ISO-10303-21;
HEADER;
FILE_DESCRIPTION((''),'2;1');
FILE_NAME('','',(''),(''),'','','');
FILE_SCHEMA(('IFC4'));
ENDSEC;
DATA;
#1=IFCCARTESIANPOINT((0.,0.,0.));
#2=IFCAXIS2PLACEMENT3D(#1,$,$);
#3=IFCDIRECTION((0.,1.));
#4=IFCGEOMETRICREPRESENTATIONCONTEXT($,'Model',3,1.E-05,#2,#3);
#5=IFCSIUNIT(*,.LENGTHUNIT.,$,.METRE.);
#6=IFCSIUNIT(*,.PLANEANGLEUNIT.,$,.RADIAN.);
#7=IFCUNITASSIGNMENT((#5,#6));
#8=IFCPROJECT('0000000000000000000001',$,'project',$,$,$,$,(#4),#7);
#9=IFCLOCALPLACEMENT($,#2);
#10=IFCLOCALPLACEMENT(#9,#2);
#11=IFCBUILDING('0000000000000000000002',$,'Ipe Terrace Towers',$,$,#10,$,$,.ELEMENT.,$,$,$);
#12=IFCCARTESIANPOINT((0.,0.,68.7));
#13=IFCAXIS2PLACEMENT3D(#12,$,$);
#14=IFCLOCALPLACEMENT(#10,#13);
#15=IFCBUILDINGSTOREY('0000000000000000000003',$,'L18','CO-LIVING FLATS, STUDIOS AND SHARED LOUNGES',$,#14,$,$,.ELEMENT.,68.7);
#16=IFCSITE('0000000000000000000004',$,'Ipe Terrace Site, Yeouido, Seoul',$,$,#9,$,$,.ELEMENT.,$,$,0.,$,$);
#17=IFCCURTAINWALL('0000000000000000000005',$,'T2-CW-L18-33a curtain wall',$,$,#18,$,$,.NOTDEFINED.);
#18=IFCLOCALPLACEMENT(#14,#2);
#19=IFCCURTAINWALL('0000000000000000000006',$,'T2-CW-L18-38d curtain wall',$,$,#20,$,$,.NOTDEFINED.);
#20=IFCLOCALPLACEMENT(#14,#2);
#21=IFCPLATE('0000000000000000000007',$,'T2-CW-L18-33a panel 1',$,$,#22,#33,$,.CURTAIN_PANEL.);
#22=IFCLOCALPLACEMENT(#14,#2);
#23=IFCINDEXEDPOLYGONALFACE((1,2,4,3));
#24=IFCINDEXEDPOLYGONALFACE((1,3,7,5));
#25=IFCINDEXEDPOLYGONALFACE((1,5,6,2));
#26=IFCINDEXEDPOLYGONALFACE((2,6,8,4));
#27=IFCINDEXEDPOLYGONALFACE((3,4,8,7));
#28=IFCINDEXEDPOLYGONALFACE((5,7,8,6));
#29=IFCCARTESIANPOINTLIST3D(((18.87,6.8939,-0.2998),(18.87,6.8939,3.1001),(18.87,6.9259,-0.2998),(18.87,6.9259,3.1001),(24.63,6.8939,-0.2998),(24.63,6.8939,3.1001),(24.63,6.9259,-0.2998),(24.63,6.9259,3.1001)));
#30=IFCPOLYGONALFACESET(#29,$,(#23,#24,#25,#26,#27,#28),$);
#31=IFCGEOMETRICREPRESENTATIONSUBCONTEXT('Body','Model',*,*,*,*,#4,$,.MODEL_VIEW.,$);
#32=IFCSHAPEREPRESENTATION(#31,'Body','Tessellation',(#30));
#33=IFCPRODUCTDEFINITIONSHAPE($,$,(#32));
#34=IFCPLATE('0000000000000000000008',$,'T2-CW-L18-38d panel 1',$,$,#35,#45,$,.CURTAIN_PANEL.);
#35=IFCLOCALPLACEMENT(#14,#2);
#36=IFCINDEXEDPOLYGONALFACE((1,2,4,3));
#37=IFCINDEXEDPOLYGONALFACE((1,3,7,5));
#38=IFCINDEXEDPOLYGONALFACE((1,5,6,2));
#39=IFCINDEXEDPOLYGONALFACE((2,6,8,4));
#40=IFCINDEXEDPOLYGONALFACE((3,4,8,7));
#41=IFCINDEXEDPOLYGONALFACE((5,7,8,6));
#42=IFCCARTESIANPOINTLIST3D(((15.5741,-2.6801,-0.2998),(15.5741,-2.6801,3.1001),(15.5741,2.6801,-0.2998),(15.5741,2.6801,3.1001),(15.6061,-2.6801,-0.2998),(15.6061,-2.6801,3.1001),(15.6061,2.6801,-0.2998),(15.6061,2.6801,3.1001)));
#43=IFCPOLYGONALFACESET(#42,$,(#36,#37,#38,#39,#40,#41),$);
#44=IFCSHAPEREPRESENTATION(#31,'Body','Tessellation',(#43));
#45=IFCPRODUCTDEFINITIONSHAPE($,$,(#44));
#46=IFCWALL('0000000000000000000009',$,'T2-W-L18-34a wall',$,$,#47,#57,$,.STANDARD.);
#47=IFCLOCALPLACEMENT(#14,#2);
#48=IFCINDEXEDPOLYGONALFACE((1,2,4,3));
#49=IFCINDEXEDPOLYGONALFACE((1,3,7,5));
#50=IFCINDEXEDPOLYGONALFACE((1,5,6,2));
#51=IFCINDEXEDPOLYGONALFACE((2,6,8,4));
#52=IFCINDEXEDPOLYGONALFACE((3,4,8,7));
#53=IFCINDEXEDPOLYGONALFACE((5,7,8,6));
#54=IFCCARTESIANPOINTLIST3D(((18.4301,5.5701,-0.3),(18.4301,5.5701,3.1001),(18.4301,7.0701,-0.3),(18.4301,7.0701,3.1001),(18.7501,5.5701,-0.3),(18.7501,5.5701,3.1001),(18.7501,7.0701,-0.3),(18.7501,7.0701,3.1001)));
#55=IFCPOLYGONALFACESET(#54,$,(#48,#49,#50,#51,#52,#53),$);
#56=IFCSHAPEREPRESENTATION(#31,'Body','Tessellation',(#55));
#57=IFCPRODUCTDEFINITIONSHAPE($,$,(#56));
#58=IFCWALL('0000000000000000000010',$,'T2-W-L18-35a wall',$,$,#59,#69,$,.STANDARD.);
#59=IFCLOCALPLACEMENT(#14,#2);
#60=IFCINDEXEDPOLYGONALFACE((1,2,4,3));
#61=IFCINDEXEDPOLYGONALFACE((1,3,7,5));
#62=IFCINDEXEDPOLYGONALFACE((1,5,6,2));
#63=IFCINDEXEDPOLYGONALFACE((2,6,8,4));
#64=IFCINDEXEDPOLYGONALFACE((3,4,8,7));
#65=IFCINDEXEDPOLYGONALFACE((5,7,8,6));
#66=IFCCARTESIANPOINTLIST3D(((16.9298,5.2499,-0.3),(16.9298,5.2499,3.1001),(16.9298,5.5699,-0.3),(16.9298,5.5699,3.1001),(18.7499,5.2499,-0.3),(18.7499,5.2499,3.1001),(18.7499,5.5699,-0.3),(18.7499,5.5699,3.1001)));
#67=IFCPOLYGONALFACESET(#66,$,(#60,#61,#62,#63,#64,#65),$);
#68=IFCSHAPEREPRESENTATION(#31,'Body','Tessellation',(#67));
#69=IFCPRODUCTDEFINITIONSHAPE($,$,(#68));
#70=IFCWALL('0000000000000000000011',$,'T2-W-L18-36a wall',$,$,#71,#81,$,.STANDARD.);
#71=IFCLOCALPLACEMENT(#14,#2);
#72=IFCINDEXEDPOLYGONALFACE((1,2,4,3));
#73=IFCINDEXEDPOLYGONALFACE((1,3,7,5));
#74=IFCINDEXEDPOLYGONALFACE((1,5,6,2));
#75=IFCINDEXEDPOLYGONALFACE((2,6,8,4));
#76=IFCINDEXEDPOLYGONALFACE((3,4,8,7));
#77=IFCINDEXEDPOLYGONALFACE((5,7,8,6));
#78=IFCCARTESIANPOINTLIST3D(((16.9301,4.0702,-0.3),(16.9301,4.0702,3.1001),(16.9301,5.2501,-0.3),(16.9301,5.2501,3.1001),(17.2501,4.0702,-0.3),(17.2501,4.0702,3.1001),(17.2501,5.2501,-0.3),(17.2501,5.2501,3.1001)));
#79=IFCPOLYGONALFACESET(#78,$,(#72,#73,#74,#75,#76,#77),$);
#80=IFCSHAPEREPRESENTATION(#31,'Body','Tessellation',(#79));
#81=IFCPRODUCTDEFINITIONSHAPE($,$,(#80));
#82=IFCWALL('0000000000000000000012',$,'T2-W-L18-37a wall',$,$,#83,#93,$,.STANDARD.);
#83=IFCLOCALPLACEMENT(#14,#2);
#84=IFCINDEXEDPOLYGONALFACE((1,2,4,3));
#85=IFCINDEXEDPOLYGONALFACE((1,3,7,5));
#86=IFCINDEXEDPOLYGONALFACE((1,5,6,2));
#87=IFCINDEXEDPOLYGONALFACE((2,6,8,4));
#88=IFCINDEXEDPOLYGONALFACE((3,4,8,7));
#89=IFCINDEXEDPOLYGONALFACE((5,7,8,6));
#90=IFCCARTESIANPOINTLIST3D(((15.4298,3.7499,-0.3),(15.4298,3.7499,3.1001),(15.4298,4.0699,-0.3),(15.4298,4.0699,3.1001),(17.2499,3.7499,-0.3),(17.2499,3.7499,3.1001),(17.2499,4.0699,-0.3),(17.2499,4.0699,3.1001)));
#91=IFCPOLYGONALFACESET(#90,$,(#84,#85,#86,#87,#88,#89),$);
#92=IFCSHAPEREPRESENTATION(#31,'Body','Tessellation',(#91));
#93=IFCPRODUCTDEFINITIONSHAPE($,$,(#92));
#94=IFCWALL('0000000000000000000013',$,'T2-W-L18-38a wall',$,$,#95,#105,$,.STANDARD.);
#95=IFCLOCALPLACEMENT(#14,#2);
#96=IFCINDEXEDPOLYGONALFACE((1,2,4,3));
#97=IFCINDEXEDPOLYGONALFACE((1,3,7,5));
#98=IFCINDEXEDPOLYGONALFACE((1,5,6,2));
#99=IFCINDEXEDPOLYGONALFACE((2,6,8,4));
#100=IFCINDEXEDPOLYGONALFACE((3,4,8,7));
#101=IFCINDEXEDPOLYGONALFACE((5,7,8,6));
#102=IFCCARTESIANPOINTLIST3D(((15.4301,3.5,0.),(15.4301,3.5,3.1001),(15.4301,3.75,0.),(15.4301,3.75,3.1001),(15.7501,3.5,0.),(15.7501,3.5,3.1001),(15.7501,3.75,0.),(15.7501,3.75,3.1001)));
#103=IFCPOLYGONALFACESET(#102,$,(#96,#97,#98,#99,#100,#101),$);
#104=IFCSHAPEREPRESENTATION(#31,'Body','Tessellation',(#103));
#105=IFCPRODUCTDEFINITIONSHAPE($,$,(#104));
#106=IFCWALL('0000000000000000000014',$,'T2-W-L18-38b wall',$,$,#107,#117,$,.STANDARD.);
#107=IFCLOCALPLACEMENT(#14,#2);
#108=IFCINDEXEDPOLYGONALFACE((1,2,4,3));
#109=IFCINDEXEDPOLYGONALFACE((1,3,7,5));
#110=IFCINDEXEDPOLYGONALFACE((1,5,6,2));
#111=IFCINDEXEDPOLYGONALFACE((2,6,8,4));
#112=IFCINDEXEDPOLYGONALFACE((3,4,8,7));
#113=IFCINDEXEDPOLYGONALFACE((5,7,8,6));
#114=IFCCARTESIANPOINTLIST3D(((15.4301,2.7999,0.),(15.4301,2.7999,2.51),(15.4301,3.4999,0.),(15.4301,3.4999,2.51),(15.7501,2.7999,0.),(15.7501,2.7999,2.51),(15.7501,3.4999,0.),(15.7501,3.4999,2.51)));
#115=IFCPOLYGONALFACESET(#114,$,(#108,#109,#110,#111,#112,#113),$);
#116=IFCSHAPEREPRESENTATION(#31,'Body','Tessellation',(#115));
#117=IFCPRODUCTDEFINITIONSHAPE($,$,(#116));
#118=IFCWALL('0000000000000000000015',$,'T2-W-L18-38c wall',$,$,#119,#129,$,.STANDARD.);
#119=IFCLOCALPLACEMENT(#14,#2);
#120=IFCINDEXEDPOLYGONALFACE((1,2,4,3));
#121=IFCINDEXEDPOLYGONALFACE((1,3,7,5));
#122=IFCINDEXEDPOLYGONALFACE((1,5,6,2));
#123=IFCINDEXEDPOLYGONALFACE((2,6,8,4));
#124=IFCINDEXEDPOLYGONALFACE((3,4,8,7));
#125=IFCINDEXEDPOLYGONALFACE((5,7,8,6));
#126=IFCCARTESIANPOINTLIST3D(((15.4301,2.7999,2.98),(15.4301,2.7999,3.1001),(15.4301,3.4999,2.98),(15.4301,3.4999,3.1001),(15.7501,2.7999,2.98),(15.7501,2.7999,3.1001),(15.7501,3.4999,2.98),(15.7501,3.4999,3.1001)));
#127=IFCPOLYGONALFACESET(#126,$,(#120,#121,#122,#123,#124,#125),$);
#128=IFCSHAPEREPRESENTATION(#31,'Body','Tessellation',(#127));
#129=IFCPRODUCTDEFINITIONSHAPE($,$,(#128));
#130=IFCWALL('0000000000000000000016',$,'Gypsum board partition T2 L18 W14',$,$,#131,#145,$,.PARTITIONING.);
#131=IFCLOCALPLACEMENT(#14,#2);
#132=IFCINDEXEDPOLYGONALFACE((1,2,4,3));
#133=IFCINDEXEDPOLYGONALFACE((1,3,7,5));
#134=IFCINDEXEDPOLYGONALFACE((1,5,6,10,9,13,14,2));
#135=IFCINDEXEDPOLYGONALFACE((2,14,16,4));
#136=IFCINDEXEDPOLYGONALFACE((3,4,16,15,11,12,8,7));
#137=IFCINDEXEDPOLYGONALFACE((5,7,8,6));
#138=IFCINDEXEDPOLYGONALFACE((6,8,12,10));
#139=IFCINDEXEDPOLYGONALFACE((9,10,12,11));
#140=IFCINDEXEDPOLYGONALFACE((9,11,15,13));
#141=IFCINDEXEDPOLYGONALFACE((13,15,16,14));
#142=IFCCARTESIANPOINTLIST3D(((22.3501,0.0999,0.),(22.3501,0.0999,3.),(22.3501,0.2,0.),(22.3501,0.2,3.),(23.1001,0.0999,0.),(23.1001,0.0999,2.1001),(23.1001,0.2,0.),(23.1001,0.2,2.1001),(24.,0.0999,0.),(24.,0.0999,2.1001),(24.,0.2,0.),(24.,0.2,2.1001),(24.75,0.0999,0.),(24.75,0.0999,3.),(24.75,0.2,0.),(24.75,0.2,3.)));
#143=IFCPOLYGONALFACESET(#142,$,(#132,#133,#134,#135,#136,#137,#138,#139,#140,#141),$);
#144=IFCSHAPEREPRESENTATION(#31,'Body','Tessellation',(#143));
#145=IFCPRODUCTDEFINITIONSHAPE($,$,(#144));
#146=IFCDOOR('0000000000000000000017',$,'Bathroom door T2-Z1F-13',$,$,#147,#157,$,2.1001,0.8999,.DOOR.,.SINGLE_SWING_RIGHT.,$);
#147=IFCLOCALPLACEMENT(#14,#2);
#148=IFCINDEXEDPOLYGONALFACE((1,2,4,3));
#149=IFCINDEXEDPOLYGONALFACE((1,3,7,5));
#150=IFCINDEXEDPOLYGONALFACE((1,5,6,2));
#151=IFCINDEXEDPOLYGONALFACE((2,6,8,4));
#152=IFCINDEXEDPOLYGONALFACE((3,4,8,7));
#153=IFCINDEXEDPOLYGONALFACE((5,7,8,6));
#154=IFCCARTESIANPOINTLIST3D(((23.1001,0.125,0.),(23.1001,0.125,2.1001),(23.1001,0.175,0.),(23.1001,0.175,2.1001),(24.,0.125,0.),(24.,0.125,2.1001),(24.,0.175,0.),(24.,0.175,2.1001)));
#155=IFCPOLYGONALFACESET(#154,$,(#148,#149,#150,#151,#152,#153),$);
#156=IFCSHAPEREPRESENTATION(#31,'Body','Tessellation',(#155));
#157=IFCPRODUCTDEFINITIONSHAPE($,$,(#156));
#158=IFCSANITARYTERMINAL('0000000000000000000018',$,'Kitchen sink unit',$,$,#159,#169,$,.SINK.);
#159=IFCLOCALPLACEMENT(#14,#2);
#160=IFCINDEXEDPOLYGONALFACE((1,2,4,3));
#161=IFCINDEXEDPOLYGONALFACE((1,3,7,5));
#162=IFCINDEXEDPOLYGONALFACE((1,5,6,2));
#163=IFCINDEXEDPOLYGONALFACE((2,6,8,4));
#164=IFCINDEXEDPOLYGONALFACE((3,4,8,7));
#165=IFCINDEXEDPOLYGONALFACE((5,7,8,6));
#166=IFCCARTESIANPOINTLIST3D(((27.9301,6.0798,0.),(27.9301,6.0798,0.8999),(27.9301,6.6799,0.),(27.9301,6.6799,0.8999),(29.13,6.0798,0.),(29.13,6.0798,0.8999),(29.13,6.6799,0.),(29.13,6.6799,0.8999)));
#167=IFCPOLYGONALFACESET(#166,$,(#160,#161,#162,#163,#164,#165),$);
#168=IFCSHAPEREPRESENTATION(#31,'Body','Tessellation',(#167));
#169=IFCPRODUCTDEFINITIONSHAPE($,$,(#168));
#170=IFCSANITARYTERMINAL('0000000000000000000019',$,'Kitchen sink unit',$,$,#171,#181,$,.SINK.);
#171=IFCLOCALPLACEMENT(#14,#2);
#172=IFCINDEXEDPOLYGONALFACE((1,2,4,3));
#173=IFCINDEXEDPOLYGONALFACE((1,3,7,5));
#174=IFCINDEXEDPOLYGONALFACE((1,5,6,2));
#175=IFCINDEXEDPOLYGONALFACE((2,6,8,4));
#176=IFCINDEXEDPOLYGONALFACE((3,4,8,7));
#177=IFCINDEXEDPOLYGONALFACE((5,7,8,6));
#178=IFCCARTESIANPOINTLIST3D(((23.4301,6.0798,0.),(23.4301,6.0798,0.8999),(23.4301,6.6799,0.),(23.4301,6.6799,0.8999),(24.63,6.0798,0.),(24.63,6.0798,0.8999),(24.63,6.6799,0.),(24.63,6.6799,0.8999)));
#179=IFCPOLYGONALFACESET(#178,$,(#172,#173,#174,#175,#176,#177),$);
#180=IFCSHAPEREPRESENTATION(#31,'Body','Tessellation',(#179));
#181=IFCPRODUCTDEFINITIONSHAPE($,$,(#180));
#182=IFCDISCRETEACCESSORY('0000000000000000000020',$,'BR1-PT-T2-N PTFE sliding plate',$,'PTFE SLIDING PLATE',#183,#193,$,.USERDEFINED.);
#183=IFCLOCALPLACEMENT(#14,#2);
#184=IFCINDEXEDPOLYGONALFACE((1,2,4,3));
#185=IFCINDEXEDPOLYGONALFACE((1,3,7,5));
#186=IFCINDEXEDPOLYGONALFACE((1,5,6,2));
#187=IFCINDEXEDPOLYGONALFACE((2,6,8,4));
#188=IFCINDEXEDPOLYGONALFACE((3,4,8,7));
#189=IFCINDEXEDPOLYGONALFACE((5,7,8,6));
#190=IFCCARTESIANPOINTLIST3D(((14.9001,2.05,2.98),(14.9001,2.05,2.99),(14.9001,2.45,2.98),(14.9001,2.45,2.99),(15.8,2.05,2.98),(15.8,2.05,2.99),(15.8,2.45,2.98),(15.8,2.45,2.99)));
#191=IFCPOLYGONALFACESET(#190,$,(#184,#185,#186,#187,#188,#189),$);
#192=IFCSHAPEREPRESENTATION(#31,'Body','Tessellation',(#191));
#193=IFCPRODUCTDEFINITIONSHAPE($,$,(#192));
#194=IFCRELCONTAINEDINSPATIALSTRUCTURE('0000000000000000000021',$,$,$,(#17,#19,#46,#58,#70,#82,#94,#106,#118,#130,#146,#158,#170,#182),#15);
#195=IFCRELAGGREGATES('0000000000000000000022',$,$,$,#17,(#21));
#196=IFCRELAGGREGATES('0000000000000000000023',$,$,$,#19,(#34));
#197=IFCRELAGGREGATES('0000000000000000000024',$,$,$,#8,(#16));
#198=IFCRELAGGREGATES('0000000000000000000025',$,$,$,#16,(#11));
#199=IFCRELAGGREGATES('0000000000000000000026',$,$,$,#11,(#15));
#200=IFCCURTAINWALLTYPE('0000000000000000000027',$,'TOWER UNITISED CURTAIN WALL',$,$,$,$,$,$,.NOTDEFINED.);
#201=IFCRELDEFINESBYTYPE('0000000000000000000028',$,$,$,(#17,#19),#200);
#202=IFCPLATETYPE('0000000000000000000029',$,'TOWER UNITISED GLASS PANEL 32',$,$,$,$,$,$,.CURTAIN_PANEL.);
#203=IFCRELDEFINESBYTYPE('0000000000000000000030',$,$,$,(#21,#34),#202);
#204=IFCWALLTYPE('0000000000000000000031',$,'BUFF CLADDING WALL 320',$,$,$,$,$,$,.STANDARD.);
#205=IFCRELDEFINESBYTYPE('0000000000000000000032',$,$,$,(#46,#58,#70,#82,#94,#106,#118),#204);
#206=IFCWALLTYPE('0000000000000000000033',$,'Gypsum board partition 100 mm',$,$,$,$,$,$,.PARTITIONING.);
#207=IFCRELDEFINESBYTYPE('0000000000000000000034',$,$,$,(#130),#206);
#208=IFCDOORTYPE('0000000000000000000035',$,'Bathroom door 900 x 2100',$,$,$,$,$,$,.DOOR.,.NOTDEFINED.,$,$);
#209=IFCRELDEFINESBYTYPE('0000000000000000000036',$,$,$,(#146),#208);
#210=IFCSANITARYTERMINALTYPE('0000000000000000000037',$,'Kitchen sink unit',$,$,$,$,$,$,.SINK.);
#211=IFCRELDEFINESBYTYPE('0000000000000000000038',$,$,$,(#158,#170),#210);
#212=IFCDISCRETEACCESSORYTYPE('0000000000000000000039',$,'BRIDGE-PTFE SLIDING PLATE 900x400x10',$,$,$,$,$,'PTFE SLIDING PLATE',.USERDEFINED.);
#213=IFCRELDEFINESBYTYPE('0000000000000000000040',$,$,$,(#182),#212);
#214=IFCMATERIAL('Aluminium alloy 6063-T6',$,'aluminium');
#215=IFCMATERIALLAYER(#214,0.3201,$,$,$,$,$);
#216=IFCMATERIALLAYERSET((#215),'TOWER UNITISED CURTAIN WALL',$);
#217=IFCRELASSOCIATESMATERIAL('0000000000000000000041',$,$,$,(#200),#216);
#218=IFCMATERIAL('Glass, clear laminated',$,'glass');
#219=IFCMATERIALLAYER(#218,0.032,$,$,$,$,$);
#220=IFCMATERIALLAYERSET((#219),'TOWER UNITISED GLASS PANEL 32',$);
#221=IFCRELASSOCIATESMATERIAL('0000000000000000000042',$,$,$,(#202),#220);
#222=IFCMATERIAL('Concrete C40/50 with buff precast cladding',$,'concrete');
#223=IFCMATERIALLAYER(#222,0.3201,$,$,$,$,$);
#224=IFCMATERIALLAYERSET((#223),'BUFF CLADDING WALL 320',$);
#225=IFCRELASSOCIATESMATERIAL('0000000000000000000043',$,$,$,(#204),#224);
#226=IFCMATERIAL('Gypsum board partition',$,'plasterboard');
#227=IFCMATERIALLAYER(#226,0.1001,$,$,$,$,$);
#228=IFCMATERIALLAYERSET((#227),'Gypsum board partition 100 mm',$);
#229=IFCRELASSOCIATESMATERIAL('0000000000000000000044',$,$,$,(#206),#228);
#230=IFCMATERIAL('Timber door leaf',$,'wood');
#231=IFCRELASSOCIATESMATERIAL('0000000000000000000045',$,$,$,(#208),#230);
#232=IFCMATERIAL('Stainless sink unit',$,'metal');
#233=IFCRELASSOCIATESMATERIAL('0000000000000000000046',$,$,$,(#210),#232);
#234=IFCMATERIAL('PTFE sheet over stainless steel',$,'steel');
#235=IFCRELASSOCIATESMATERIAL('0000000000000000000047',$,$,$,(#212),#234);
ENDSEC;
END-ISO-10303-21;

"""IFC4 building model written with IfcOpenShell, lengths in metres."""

from ifc_helpers import new_model, si_unit, direction, frame, frame_2d, origin, origin_2d, place, context, subcontext, project, spatial, rectangle, extrude, material, layer, layer_set, type_object, element, fill, aggregate, save


model = new_model("IFC4")

# Units and contexts
model_context = context("Model", 3, precision=1e-05, world=origin(), true_north=direction((0.0, 1.0)))
body_context = subcontext(model_context, "Body", "Model", "MODEL_VIEW")
ifc_project = project(units=[si_unit("LENGTHUNIT", "METRE"), si_unit("PLANEANGLEUNIT", "RADIAN")], contexts=[model_context])

# Site, building, storey
site_placement = place(None, origin())
site = spatial("IfcSite", under=ifc_project, at=site_placement, Name="Ipe Terrace Site, Yeouido, Seoul", CompositionType="ELEMENT", RefElevation=0.0)
building_placement = place(site_placement, origin())
building = spatial("IfcBuilding", under=site, at=building_placement, Name="Ipe Terrace Towers", CompositionType="ELEMENT")
storey_placement = place(building_placement, frame((0.0, 0.0, 68.7)))
storey = spatial("IfcBuildingStorey", under=building, at=storey_placement, Name="L18", Description="CO-LIVING FLATS, STUDIOS AND SHARED LOUNGES", CompositionType="ELEMENT", Elevation=68.7)

# Shared definitions
ifc_material_1 = material(Name="Aluminium alloy 6063-T6", Category="aluminium")
ifc_layer_1 = layer(ifc_material_1, 0.3201)
ifc_layer_set_1 = layer_set([ifc_layer_1], Name="TOWER UNITISED CURTAIN WALL")
curtain_wall_type = type_object("IfcCurtainWallType", Name="TOWER UNITISED CURTAIN WALL", PredefinedType="NOTDEFINED", material=ifc_layer_set_1)

# Curtain wall
curtain_wall_1_placement = place(storey_placement, origin())
curtain_wall_1 = element("IfcCurtainWall", 1, at=curtain_wall_1_placement, inside=storey, type_object=curtain_wall_type, Name="T2-CW-L18-33a curtain wall", PredefinedType="NOTDEFINED")

# Curtain wall
curtain_wall_2_placement = place(storey_placement, origin())
curtain_wall_2 = element("IfcCurtainWall", 2, at=curtain_wall_2_placement, inside=storey, type_object=curtain_wall_type, Name="T2-CW-L18-38d curtain wall", PredefinedType="NOTDEFINED")

# Plates
ifc_material_2 = material(Name="Glass, clear laminated", Category="glass")
ifc_layer_2 = layer(ifc_material_2, 0.032)
ifc_layer_set_2 = layer_set([ifc_layer_2], Name="TOWER UNITISED GLASS PANEL 32")
plate_type = type_object("IfcPlateType", Name="TOWER UNITISED GLASS PANEL 32", PredefinedType="CURTAIN_PANEL", material=ifc_layer_set_2)
plate_1_placement = place(storey_placement, frame((21.75, 6.9099, -0.2998), z_axis=(0.0, 0.0, 1.0), x_axis=(-1.0, 0.0, 0.0)))
plate_1 = element("IfcPlate", 3, at=plate_1_placement, type_object=plate_type, Name="T2-CW-L18-33a panel 1", PredefinedType="CURTAIN_PANEL", context=body_context, shape_type="SweptSolid", body=[
    extrude(rectangle(XDim=5.76, YDim=0.032, at=origin_2d()), origin(), (0.0, 0.0, 1.0), 3.3999),
])
aggregate(curtain_wall_1, [plate_1])
plate_2_placement = place(storey_placement, frame((15.5901, 0.0, -0.2998), z_axis=(0.0, 0.0, 1.0), x_axis=(0.0, -1.0, 0.0)))
plate_2 = element("IfcPlate", 4, at=plate_2_placement, type_object=plate_type, Name="T2-CW-L18-38d panel 1", PredefinedType="CURTAIN_PANEL", context=body_context, shape_type="SweptSolid", body=[
    extrude(rectangle(XDim=5.3601, YDim=0.032, at=origin_2d()), origin(), (0.0, 0.0, 1.0), 3.3999),
])
aggregate(curtain_wall_2, [plate_2])

# Walls
ifc_material_3 = material(Name="Concrete C40/50 with buff precast cladding", Category="concrete")
ifc_layer_3 = layer(ifc_material_3, 0.3201)
ifc_layer_set_3 = layer_set([ifc_layer_3], Name="BUFF CLADDING WALL 320")
wall_type_1 = type_object("IfcWallType", Name="BUFF CLADDING WALL 320", PredefinedType="STANDARD", material=ifc_layer_set_3)
wall_1_placement = place(storey_placement, frame((18.5901, 7.0701, -0.3), z_axis=(0.0, 0.0, 1.0), x_axis=(0.0, -1.0, 0.0)))
element("IfcWall", 5, at=wall_1_placement, inside=storey, type_object=wall_type_1, Name="T2-W-L18-34a wall", PredefinedType="STANDARD", context=body_context, shape_type="SweptSolid", body=[
    extrude(rectangle(XDim=1.5, YDim=0.3201, at=frame_2d((0.75, 0.0))), origin(), (0.0, 0.0, 1.0), 3.4001),
])
wall_2_placement = place(storey_placement, frame((18.75, 5.4099, -0.3), z_axis=(0.0, 0.0, 1.0), x_axis=(-1.0, 0.0, 0.0)))
element("IfcWall", 6, at=wall_2_placement, inside=storey, type_object=wall_type_1, Name="T2-W-L18-35a wall", PredefinedType="STANDARD", context=body_context, shape_type="SweptSolid", body=[
    extrude(rectangle(XDim=1.8201, YDim=0.3201, at=frame_2d((0.9102, 0.0))), origin(), (0.0, 0.0, 1.0), 3.4001),
])
wall_3_placement = place(storey_placement, frame((17.0901, 5.25, -0.3), z_axis=(0.0, 0.0, 1.0), x_axis=(0.0, -1.0, 0.0)))
element("IfcWall", 7, at=wall_3_placement, inside=storey, type_object=wall_type_1, Name="T2-W-L18-36a wall", PredefinedType="STANDARD", context=body_context, shape_type="SweptSolid", body=[
    extrude(rectangle(XDim=1.1799, YDim=0.3201, at=frame_2d((0.5898, 0.0))), origin(), (0.0, 0.0, 1.0), 3.4001),
])
wall_4_placement = place(storey_placement, frame((17.25, 3.9099, -0.3), z_axis=(0.0, 0.0, 1.0), x_axis=(-1.0, 0.0, 0.0)))
element("IfcWall", 8, at=wall_4_placement, inside=storey, type_object=wall_type_1, Name="T2-W-L18-37a wall", PredefinedType="STANDARD", context=body_context, shape_type="SweptSolid", body=[
    extrude(rectangle(XDim=1.8201, YDim=0.3201, at=frame_2d((0.9102, 0.0))), origin(), (0.0, 0.0, 1.0), 3.4001),
])
wall_5_placement = place(storey_placement, frame((15.5901, 3.75, 0.0), z_axis=(0.0, 0.0, 1.0), x_axis=(0.0, -1.0, 0.0)))
element("IfcWall", 9, at=wall_5_placement, inside=storey, type_object=wall_type_1, Name="T2-W-L18-38a wall", PredefinedType="STANDARD", context=body_context, shape_type="SweptSolid", body=[
    extrude(rectangle(XDim=0.25, YDim=0.3201, at=frame_2d((0.125, 0.0))), origin(), (0.0, 0.0, 1.0), 3.1001),
])
wall_6_placement = place(storey_placement, frame((15.5901, 3.5, 0.0), z_axis=(0.0, 0.0, 1.0), x_axis=(0.0, -1.0, 0.0)))
element("IfcWall", 10, at=wall_6_placement, inside=storey, type_object=wall_type_1, Name="T2-W-L18-38b wall", PredefinedType="STANDARD", context=body_context, shape_type="SweptSolid", body=[
    extrude(rectangle(XDim=0.7, YDim=0.3201, at=frame_2d((0.3501, 0.0))), origin(), (0.0, 0.0, 1.0), 2.51),
])
wall_7_placement = place(storey_placement, frame((15.5901, 3.5, 2.98), z_axis=(0.0, 0.0, 1.0), x_axis=(0.0, -1.0, 0.0)))
element("IfcWall", 11, at=wall_7_placement, inside=storey, type_object=wall_type_1, Name="T2-W-L18-38c wall", PredefinedType="STANDARD", context=body_context, shape_type="SweptSolid", body=[
    extrude(rectangle(XDim=0.7, YDim=0.3201, at=frame_2d((0.3501, 0.0))), origin(), (0.0, 0.0, 1.0), 0.1201),
])

# Wall, opening, door
ifc_material_4 = material(Name="Gypsum board partition", Category="plasterboard")
ifc_layer_4 = layer(ifc_material_4, 0.1001)
ifc_layer_set_4 = layer_set([ifc_layer_4], Name="Gypsum board partition 100 mm")
wall_type_2 = type_object("IfcWallType", Name="Gypsum board partition 100 mm", PredefinedType="PARTITIONING", material=ifc_layer_set_4)
wall_8_placement = place(storey_placement, frame((24.75, 0.1499, 0.0), z_axis=(0.0, 0.0, 1.0), x_axis=(-1.0, 0.0, 0.0)))
wall_8 = element("IfcWall", 12, at=wall_8_placement, inside=storey, type_object=wall_type_2, Name="Gypsum board partition T2 L18 W14", PredefinedType="PARTITIONING", context=body_context, shape_type="SweptSolid", body=[
    extrude(rectangle(XDim=2.3999, YDim=0.1001, at=frame_2d((1.2, 0.0))), origin(), (0.0, 0.0, 1.0), 3.0),
])
opening_placement = place(wall_8_placement, frame((0.75, 0.0, 0.0)))
opening = element("IfcOpeningElement", 13, at=opening_placement, cuts=wall_8, PredefinedType="OPENING", context=body_context, shape_type="SweptSolid", body=[
    extrude(rectangle(XDim=0.8999, YDim=2.1001, at=frame_2d((0.45, 1.05))), frame((0.0, 0.0601, 0.0), z_axis=(0.0, -1.0, 0.0), x_axis=(1.0, 0.0, 0.0)), (0.0, 0.0, 1.0), 0.1201),
])
ifc_material_5 = material(Name="Timber door leaf", Category="wood")
door_type = type_object("IfcDoorType", Name="Bathroom door 900 x 2100", OperationType="NOTDEFINED", PredefinedType="DOOR", material=ifc_material_5)
door_placement = place(opening_placement, origin())
door = element("IfcDoor", 14, at=door_placement, inside=storey, type_object=door_type, Name="Bathroom door T2-Z1F-13", OperationType="SINGLE_SWING_RIGHT", OverallHeight=2.1001, OverallWidth=0.8999, PredefinedType="DOOR", context=body_context, shape_type="SweptSolid", body=[
    extrude(rectangle(XDim=0.8999, YDim=2.1001, at=frame_2d((0.45, 1.05))), frame((0.0, 0.0249, 0.0), z_axis=(0.0, -1.0, 0.0), x_axis=(1.0, 0.0, 0.0)), (0.0, 0.0, 1.0), 0.05),
])
fill(opening, door)

# Sanitary terminals
ifc_material_6 = material(Name="Stainless sink unit", Category="metal")
sanitary_terminal_type = type_object("IfcSanitaryTerminalType", Name="Kitchen sink unit", PredefinedType="SINK", material=ifc_material_6)
for number, where, z_axis, x_axis, name in (
    (15, (28.53, 6.3799, 0.0), (0.0, 0.0, 1.0), (1.0, 0.0, 0.0), "Kitchen sink unit"),
    (16, (24.03, 6.3799, 0.0), (0.0, 0.0, 1.0), (1.0, 0.0, 0.0), "Kitchen sink unit"),
):
    element("IfcSanitaryTerminal", number, at=place(storey_placement, frame(where, z_axis=z_axis, x_axis=x_axis)), inside=storey, type_object=sanitary_terminal_type, Name=name, PredefinedType="SINK", context=body_context, shape_type="SweptSolid", body=[
        extrude(rectangle(XDim=1.2, YDim=0.6001, at=origin_2d()), origin(), (0.0, 0.0, 1.0), 0.8999),
    ])

# Discrete accessory
ifc_material_7 = material(Name="PTFE sheet over stainless steel", Category="steel")
discrete_accessory_type = type_object("IfcDiscreteAccessoryType", Name="BRIDGE-PTFE SLIDING PLATE 900x400x10", ElementType="PTFE SLIDING PLATE", PredefinedType="USERDEFINED", material=ifc_material_7)
discrete_accessory_placement = place(storey_placement, frame((15.3501, 2.25, 2.98), z_axis=(0.0, 0.0, 1.0), x_axis=(1.0, 0.0, 0.0)))
element("IfcDiscreteAccessory", 17, at=discrete_accessory_placement, inside=storey, type_object=discrete_accessory_type, Name="BR1-PT-T2-N PTFE sliding plate", ObjectType="PTFE SLIDING PLATE", PredefinedType="USERDEFINED", context=body_context, shape_type="SweptSolid", body=[
    extrude(rectangle(XDim=0.8999, YDim=0.3999, at=origin_2d()), origin(), (0.0, 0.0, 1.0), 0.01),
])

save(model, "model.ifc")
